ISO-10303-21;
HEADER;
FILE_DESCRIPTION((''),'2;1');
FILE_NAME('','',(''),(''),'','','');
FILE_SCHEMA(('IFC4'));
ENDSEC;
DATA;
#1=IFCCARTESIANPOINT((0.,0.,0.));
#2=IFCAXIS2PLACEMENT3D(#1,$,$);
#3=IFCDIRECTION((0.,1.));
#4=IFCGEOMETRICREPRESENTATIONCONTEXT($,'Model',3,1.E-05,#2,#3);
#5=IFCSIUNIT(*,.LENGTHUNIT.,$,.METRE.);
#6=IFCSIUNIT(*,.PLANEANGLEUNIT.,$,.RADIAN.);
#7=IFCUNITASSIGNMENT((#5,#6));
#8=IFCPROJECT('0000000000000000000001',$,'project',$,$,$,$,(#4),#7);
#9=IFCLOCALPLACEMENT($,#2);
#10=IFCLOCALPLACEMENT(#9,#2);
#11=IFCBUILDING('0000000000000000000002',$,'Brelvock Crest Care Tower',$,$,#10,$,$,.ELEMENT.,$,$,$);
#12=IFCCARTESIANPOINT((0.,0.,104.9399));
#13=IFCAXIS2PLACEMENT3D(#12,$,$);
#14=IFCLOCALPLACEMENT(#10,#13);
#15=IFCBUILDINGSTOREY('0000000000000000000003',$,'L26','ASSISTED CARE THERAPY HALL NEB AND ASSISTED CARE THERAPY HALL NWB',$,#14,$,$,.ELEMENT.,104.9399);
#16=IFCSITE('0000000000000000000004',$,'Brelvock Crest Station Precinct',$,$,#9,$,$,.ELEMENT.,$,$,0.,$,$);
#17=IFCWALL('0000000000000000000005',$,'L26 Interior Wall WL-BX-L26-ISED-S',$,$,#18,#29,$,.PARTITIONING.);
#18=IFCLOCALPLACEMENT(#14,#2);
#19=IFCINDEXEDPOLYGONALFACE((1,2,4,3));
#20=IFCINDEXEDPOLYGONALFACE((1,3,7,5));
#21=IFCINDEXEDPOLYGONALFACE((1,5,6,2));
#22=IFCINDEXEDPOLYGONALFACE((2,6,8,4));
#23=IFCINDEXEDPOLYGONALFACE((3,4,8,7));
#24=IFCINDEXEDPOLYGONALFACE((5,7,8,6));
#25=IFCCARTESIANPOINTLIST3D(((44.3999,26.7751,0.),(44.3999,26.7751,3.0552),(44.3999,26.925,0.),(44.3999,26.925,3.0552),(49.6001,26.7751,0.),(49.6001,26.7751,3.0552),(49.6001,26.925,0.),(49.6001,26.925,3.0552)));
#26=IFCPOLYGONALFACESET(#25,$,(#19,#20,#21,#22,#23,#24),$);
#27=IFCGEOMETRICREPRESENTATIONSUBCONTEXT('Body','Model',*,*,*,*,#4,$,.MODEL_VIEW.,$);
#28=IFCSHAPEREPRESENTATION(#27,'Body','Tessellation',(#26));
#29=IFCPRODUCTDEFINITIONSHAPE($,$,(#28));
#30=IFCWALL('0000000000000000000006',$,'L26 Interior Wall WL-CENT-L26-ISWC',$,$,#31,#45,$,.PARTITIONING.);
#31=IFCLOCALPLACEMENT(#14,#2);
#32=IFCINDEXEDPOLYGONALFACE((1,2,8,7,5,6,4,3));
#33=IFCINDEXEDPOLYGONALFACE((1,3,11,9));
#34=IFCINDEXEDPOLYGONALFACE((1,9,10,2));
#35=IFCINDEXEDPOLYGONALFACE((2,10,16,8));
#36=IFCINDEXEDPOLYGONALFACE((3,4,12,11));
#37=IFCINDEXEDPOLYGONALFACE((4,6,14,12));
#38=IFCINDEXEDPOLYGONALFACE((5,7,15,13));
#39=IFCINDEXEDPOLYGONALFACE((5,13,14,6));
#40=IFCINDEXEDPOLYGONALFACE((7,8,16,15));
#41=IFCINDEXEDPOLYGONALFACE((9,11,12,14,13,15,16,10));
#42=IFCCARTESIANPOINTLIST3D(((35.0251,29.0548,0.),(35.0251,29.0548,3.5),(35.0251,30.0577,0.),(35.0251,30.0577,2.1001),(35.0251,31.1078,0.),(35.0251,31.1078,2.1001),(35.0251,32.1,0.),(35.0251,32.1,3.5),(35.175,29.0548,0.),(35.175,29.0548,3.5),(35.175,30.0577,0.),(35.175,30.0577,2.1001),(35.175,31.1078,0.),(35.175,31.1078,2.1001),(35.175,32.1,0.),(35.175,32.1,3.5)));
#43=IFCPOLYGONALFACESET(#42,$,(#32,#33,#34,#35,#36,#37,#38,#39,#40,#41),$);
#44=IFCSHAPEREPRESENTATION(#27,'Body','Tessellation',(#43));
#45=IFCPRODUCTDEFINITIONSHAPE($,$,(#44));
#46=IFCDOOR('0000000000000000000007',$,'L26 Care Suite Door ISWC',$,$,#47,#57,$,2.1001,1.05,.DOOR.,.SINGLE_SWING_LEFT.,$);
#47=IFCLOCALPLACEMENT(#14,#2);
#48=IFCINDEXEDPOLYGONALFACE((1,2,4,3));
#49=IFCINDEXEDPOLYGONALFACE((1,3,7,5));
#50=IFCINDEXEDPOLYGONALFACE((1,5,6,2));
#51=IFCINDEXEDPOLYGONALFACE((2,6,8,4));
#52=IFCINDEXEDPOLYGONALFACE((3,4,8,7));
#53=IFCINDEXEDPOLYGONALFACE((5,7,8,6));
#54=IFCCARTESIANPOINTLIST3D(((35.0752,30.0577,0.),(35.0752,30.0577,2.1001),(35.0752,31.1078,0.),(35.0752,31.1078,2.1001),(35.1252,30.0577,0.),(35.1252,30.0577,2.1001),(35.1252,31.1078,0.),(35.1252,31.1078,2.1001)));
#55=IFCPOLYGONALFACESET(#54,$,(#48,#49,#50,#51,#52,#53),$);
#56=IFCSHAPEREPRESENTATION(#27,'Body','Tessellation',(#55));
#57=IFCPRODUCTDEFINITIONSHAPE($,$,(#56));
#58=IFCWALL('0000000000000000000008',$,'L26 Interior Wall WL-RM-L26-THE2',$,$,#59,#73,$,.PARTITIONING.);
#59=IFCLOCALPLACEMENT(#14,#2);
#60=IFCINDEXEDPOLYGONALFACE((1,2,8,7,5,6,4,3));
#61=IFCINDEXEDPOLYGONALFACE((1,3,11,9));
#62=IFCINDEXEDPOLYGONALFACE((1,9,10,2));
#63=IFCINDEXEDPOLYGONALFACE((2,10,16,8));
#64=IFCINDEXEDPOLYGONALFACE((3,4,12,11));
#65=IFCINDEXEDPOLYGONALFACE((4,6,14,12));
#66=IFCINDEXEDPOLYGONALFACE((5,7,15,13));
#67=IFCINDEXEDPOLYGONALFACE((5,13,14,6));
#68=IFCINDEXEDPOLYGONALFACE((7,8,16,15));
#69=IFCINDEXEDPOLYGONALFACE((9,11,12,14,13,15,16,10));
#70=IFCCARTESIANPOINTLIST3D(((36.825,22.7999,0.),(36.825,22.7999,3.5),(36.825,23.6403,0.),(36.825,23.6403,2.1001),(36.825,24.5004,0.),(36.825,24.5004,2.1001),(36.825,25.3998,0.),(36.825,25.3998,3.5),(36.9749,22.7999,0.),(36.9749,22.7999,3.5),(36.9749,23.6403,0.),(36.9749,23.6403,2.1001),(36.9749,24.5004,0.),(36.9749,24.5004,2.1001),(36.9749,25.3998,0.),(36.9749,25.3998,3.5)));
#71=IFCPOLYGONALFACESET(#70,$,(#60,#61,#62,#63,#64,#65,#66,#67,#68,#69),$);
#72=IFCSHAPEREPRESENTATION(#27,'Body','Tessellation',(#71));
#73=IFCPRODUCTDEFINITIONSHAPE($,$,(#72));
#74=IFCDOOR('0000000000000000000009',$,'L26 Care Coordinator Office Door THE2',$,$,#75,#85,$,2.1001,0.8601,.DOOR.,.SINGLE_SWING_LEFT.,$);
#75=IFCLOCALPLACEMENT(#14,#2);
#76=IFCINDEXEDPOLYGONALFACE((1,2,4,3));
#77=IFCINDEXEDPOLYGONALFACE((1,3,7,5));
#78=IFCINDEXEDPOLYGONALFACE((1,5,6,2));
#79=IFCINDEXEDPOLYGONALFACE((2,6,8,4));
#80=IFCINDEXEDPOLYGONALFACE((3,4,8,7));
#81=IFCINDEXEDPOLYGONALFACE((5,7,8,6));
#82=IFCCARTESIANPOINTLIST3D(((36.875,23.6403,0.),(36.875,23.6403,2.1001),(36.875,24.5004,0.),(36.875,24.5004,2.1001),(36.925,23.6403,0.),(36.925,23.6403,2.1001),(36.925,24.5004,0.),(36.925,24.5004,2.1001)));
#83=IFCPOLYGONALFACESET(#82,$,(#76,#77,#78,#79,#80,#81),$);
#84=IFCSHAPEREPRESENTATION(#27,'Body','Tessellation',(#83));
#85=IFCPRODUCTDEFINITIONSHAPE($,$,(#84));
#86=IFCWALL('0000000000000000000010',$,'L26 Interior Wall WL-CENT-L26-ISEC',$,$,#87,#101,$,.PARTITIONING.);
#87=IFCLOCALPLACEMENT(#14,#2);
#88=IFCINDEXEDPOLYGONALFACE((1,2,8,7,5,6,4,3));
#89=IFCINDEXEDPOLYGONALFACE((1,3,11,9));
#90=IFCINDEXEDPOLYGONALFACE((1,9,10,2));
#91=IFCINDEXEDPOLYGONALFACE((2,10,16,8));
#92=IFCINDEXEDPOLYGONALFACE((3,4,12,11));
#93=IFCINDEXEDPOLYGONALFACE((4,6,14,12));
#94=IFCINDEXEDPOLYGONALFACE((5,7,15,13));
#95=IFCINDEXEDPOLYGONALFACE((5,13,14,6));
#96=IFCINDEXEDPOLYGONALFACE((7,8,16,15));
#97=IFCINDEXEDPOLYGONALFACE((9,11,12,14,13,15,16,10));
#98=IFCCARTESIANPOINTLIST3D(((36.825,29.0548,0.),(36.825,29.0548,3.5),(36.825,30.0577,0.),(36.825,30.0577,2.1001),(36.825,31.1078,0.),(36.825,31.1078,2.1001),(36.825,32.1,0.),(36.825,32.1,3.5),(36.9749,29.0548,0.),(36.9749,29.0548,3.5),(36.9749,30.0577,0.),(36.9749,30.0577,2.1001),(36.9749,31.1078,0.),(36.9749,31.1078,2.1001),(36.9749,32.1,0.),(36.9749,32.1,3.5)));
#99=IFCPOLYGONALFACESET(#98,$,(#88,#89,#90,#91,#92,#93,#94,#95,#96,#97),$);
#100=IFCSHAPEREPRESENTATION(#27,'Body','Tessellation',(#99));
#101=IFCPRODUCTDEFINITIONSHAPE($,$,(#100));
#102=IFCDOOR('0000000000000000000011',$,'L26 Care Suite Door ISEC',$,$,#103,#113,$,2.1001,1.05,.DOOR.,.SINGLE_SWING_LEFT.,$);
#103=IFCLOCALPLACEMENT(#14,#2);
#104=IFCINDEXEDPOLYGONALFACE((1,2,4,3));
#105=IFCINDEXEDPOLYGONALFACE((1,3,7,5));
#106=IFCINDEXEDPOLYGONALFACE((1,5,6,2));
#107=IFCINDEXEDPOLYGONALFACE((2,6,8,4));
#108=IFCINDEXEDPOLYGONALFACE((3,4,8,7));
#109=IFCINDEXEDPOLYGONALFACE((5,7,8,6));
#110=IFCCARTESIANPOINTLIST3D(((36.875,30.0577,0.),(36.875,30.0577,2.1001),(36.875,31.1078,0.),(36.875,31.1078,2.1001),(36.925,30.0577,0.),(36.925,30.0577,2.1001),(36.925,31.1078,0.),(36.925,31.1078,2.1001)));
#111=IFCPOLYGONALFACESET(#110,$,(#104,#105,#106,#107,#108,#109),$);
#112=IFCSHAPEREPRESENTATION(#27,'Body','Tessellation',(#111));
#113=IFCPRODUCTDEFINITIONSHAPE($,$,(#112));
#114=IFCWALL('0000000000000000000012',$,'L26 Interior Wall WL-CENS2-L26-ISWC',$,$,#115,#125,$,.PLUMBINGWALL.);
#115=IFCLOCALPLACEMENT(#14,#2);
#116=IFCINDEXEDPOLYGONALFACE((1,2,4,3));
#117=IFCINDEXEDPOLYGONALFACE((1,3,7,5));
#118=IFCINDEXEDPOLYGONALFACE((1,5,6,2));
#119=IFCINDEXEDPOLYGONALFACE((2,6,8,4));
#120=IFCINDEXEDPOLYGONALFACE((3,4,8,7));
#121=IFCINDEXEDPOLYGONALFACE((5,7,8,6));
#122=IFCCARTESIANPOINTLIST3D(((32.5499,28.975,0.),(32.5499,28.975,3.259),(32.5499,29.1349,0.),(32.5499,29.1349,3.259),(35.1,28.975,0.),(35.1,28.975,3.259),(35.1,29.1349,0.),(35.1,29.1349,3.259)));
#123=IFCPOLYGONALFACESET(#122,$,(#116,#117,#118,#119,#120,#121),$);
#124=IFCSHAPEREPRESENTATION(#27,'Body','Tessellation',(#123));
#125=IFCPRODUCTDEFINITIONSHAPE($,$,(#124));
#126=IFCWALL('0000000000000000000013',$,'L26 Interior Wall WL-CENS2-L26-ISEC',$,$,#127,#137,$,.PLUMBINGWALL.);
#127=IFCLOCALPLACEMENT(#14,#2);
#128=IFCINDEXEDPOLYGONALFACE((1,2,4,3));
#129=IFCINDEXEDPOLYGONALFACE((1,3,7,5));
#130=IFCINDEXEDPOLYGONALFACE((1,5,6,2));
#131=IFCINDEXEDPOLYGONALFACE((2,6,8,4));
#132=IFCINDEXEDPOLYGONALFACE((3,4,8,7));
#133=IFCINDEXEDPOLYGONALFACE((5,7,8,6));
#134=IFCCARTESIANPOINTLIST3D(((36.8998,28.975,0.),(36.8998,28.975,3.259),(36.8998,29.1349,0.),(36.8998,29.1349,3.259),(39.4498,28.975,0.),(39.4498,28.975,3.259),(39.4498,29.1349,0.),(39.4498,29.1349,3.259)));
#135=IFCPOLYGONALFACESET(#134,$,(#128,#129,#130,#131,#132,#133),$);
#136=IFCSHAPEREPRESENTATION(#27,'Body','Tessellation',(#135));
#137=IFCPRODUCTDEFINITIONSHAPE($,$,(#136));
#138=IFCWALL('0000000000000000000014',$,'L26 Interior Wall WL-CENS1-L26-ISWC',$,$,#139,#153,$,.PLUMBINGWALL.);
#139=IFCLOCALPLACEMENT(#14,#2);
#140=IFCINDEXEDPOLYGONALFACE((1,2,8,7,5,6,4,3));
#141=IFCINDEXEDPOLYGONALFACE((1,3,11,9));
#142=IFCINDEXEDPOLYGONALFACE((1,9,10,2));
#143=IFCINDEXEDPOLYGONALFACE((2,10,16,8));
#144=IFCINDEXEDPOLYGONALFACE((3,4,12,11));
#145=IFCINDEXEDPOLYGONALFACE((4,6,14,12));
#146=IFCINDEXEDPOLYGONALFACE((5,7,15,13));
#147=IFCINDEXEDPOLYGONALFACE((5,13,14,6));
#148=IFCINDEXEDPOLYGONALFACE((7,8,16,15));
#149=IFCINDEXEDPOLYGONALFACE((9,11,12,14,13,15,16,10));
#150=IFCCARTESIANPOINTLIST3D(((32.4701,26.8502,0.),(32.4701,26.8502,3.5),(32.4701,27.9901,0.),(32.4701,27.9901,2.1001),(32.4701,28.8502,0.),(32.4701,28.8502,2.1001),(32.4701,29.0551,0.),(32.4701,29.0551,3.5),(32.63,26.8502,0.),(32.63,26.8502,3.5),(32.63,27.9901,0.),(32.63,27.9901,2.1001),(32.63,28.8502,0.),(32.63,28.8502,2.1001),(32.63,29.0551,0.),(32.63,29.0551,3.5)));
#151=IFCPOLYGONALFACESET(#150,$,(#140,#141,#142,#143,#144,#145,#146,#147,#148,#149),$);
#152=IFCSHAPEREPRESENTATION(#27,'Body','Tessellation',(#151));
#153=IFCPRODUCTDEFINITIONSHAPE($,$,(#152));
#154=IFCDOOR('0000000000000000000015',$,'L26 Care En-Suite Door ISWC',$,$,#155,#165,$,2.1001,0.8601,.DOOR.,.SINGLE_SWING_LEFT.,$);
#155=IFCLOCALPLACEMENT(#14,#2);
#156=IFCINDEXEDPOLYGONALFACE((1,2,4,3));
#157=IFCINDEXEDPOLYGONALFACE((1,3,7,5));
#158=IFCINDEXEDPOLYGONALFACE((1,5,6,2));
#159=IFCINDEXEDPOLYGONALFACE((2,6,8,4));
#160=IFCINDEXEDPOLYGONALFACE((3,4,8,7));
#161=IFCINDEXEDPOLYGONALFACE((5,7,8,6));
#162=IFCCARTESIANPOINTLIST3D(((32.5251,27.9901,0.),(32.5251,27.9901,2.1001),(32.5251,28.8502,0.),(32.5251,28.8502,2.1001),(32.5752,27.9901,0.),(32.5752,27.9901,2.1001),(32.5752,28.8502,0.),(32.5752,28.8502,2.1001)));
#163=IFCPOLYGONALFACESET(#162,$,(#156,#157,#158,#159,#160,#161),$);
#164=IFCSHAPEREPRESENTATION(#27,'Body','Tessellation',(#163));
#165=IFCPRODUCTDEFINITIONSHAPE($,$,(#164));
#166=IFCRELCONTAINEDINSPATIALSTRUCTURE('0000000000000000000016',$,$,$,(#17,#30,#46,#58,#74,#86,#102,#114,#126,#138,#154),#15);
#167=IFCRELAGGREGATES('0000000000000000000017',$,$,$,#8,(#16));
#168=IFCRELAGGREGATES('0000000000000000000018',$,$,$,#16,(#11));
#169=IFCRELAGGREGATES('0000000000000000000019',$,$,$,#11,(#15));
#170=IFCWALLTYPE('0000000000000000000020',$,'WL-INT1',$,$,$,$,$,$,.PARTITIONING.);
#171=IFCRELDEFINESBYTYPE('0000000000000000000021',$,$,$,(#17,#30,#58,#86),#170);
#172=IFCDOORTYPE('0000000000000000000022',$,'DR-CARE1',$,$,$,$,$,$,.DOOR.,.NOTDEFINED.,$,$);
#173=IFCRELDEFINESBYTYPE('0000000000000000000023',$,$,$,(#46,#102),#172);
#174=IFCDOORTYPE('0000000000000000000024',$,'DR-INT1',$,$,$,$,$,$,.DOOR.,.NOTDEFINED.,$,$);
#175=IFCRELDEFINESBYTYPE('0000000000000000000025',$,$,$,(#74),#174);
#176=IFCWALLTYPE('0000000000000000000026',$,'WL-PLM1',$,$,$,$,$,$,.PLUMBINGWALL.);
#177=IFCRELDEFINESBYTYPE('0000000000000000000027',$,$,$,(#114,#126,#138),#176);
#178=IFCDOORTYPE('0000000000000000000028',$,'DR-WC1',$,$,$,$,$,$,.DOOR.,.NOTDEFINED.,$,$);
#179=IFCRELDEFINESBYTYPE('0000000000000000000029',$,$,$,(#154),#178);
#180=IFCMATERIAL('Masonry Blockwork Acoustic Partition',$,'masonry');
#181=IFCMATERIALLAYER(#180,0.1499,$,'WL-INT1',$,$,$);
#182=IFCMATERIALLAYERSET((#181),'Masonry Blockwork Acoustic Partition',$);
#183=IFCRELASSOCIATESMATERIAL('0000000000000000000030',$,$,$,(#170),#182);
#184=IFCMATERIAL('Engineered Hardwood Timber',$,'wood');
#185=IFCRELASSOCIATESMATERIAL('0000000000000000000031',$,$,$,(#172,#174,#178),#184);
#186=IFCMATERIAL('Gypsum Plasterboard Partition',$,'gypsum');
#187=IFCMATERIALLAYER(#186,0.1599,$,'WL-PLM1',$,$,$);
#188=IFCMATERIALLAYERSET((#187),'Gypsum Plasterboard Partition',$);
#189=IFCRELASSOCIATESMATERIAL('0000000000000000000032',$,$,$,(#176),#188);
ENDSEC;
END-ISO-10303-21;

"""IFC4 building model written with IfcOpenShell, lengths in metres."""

from ifc_helpers import new_model, si_unit, direction, frame, frame_2d, origin, origin_2d, place, context, subcontext, project, spatial, rectangle, extrude, source, transform, mapped, material, layer, layer_set, type_object, element, fill, save


model = new_model("IFC4")

# Units and contexts
model_context = context("Model", 3, precision=1e-05, world=origin(), true_north=direction((0.0, 1.0)))
body_context = subcontext(model_context, "Body", "Model", "MODEL_VIEW")
ifc_project = project(units=[si_unit("LENGTHUNIT", "METRE"), si_unit("PLANEANGLEUNIT", "RADIAN")], contexts=[model_context])

# Site, building, storey
site_placement = place(None, origin())
site = spatial("IfcSite", under=ifc_project, at=site_placement, Name="Brelvock Crest Station Precinct", CompositionType="ELEMENT", RefElevation=0.0)
building_placement = place(site_placement, origin())
building = spatial("IfcBuilding", under=site, at=building_placement, Name="Brelvock Crest Care Tower", CompositionType="ELEMENT")
storey_placement = place(building_placement, frame((0.0, 0.0, 104.9399)))
storey = spatial("IfcBuildingStorey", under=building, at=storey_placement, Name="L26", Description="ASSISTED CARE THERAPY HALL NEB AND ASSISTED CARE THERAPY HALL NWB", CompositionType="ELEMENT", Elevation=104.9399)

# Wall
ifc_material_1 = material(Name="Masonry Blockwork Acoustic Partition", Category="masonry")
ifc_layer_1 = layer(ifc_material_1, 0.1499, Name="WL-INT1")
ifc_layer_set_1 = layer_set([ifc_layer_1], Name="Masonry Blockwork Acoustic Partition")
wall_type_1 = type_object("IfcWallType", Name="WL-INT1", PredefinedType="PARTITIONING", material=ifc_layer_set_1)
wall_1_placement = place(storey_placement, frame((44.3999, 26.8501, 0.0), z_axis=(0.0, 0.0, 1.0), x_axis=(1.0, 0.0, 0.0)))
element("IfcWall", 1, at=wall_1_placement, inside=storey, type_object=wall_type_1, Name="L26 Interior Wall WL-BX-L26-ISED-S", PredefinedType="PARTITIONING", context=body_context, shape_type="SweptSolid", body=[
    extrude(rectangle(XDim=5.2002, YDim=0.1499, at=frame_2d((2.6001, 0.0))), origin(), (0.0, 0.0, 1.0), 3.0552),
])

# Walls, openings, doors
wall_2_placement = place(storey_placement, frame((35.1001, 29.0549, 0.0), z_axis=(0.0, 0.0, 1.0), x_axis=(0.0, 1.0, 0.0)))
wall_2 = element("IfcWall", 2, at=wall_2_placement, inside=storey, type_object=wall_type_1, Name="L26 Interior Wall WL-CENT-L26-ISWC", PredefinedType="PARTITIONING", context=body_context, shape_type="SweptSolid", body=[
    extrude(rectangle(XDim=3.0452, YDim=0.1499, at=frame_2d((1.5225, 0.0))), origin(), (0.0, 0.0, 1.0), 3.5),
])
opening_1_placement = place(wall_2_placement, frame((1.0029, 0.0, 0.0)))
opening_1 = element("IfcOpeningElement", 3, at=opening_1_placement, cuts=wall_2, PredefinedType="OPENING", context=body_context, shape_type="SweptSolid", body=[
    extrude(rectangle(XDim=1.05, YDim=2.1001, at=origin_2d()), frame((0.5249, 0.085, 1.05), z_axis=(0.0, -1.0, 0.0), x_axis=(1.0, 0.0, 0.0)), (0.0, 0.0, 1.0), 0.1699),
])
ifc_material_2 = material(Name="Engineered Hardwood Timber", Category="wood")
door_type_1 = type_object("IfcDoorType", Name="DR-CARE1", OperationType="NOTDEFINED", PredefinedType="DOOR", material=ifc_material_2)
shared_shape_1 = source(origin(), body_context, "Body", "SweptSolid", [
    extrude(rectangle(XDim=1.05, YDim=2.1001, at=origin_2d()), frame((0.5249, 0.0249, 1.05), z_axis=(0.0, -1.0, 0.0), x_axis=(1.0, 0.0, 0.0)), (0.0, 0.0, 1.0), 0.05),
])
door_1_placement = place(opening_1_placement, origin())
door_1 = element("IfcDoor", 4, at=door_1_placement, inside=storey, type_object=door_type_1, Name="L26 Care Suite Door ISWC", OperationType="SINGLE_SWING_LEFT", OverallHeight=2.1001, OverallWidth=1.05, PredefinedType="DOOR", context=body_context, shape_type="MappedRepresentation", body=[
    mapped(shared_shape_1, transform((0.0, 0.0, 0.0), x_axis=(1.0, 0.0, 0.0), y_axis=(0.0, 1.0, 0.0), z_axis=(0.0, 0.0, 1.0), scale=1.0)),
])
fill(opening_1, door_1)
wall_3_placement = place(storey_placement, frame((36.8999, 22.8, 0.0), z_axis=(0.0, 0.0, 1.0), x_axis=(0.0, 1.0, 0.0)))
wall_3 = element("IfcWall", 5, at=wall_3_placement, inside=storey, type_object=wall_type_1, Name="L26 Interior Wall WL-RM-L26-THE2", PredefinedType="PARTITIONING", context=body_context, shape_type="SweptSolid", body=[
    extrude(rectangle(XDim=2.5999, YDim=0.1499, at=frame_2d((1.2998, 0.0))), origin(), (0.0, 0.0, 1.0), 3.5),
])
opening_2_placement = place(wall_3_placement, frame((0.8401, 0.0, 0.0)))
opening_2 = element("IfcOpeningElement", 6, at=opening_2_placement, cuts=wall_3, PredefinedType="OPENING", context=body_context, shape_type="SweptSolid", body=[
    extrude(rectangle(XDim=0.8601, YDim=2.1001, at=origin_2d()), frame((0.4302, 0.085, 1.05), z_axis=(0.0, -1.0, 0.0), x_axis=(1.0, 0.0, 0.0)), (0.0, 0.0, 1.0), 0.1699),
])
door_type_2 = type_object("IfcDoorType", Name="DR-INT1", OperationType="NOTDEFINED", PredefinedType="DOOR", material=ifc_material_2)
shared_shape_2 = source(origin(), body_context, "Body", "SweptSolid", [
    extrude(rectangle(XDim=0.8601, YDim=2.1001, at=origin_2d()), frame((0.4302, 0.0249, 1.05), z_axis=(0.0, -1.0, 0.0), x_axis=(1.0, 0.0, 0.0)), (0.0, 0.0, 1.0), 0.05),
])
door_2_placement = place(opening_2_placement, origin())
door_2 = element("IfcDoor", 7, at=door_2_placement, inside=storey, type_object=door_type_2, Name="L26 Care Coordinator Office Door THE2", OperationType="SINGLE_SWING_LEFT", OverallHeight=2.1001, OverallWidth=0.8601, PredefinedType="DOOR", context=body_context, shape_type="MappedRepresentation", body=[
    mapped(shared_shape_2, transform((0.0, 0.0, 0.0), x_axis=(1.0, 0.0, 0.0), y_axis=(0.0, 1.0, 0.0), z_axis=(0.0, 0.0, 1.0), scale=1.0)),
])
fill(opening_2, door_2)
wall_4_placement = place(storey_placement, frame((36.8999, 29.0549, 0.0), z_axis=(0.0, 0.0, 1.0), x_axis=(0.0, 1.0, 0.0)))
wall_4 = element("IfcWall", 8, at=wall_4_placement, inside=storey, type_object=wall_type_1, Name="L26 Interior Wall WL-CENT-L26-ISEC", PredefinedType="PARTITIONING", context=body_context, shape_type="SweptSolid", body=[
    extrude(rectangle(XDim=3.0452, YDim=0.1499, at=frame_2d((1.5225, 0.0))), origin(), (0.0, 0.0, 1.0), 3.5),
])
opening_3_placement = place(wall_4_placement, frame((1.0029, 0.0, 0.0)))
opening_3 = element("IfcOpeningElement", 9, at=opening_3_placement, cuts=wall_4, PredefinedType="OPENING", context=body_context, shape_type="SweptSolid", body=[
    extrude(rectangle(XDim=1.05, YDim=2.1001, at=origin_2d()), frame((0.5249, 0.085, 1.05), z_axis=(0.0, -1.0, 0.0), x_axis=(1.0, 0.0, 0.0)), (0.0, 0.0, 1.0), 0.1699),
])
door_3_placement = place(opening_3_placement, origin())
door_3 = element("IfcDoor", 10, at=door_3_placement, inside=storey, type_object=door_type_1, Name="L26 Care Suite Door ISEC", OperationType="SINGLE_SWING_LEFT", OverallHeight=2.1001, OverallWidth=1.05, PredefinedType="DOOR", context=body_context, shape_type="MappedRepresentation", body=[
    mapped(shared_shape_1, transform((0.0, 0.0, 0.0), x_axis=(1.0, 0.0, 0.0), y_axis=(0.0, 1.0, 0.0), z_axis=(0.0, 0.0, 1.0), scale=1.0)),
])
fill(opening_3, door_3)

# Walls
ifc_material_3 = material(Name="Gypsum Plasterboard Partition", Category="gypsum")
ifc_layer_2 = layer(ifc_material_3, 0.1599, Name="WL-PLM1")
ifc_layer_set_2 = layer_set([ifc_layer_2], Name="Gypsum Plasterboard Partition")
wall_type_2 = type_object("IfcWallType", Name="WL-PLM1", PredefinedType="PLUMBINGWALL", material=ifc_layer_set_2)
for number, where, z_axis, x_axis, name in (
    (11, (32.55, 29.0549, 0.0), (0.0, 0.0, 1.0), (1.0, 0.0, 0.0), "L26 Interior Wall WL-CENS2-L26-ISWC"),
    (12, (36.8999, 29.0549, 0.0), (0.0, 0.0, 1.0), (1.0, 0.0, 0.0), "L26 Interior Wall WL-CENS2-L26-ISEC"),
):
    element("IfcWall", number, at=place(storey_placement, frame(where, z_axis=z_axis, x_axis=x_axis)), inside=storey, type_object=wall_type_2, Name=name, PredefinedType="PLUMBINGWALL", context=body_context, shape_type="SweptSolid", body=[
        extrude(rectangle(XDim=2.55, YDim=0.1599, at=frame_2d((1.2749, 0.0))), origin(), (0.0, 0.0, 1.0), 3.259),
    ])

# Wall, opening, door
wall_5_placement = place(storey_placement, frame((32.55, 26.8501, 0.0), z_axis=(0.0, 0.0, 1.0), x_axis=(0.0, 1.0, 0.0)))
wall_5 = element("IfcWall", 13, at=wall_5_placement, inside=storey, type_object=wall_type_2, Name="L26 Interior Wall WL-CENS1-L26-ISWC", PredefinedType="PLUMBINGWALL", context=body_context, shape_type="SweptSolid", body=[
    extrude(rectangle(XDim=2.2048, YDim=0.1599, at=frame_2d((1.1025, 0.0))), origin(), (0.0, 0.0, 1.0), 3.5),
])
opening_4_placement = place(wall_5_placement, frame((1.1399, 0.0, 0.0)))
opening_4 = element("IfcOpeningElement", 14, at=opening_4_placement, cuts=wall_5, PredefinedType="OPENING", context=body_context, shape_type="SweptSolid", body=[
    extrude(rectangle(XDim=0.8601, YDim=2.1001, at=origin_2d()), frame((0.4302, 0.0898, 1.05), z_axis=(0.0, -1.0, 0.0), x_axis=(1.0, 0.0, 0.0)), (0.0, 0.0, 1.0), 0.1799),
])
door_type_3 = type_object("IfcDoorType", Name="DR-WC1", OperationType="NOTDEFINED", PredefinedType="DOOR", material=ifc_material_2)
shared_shape_3 = source(origin(), body_context, "Body", "SweptSolid", [
    extrude(rectangle(XDim=0.8601, YDim=2.1001, at=origin_2d()), frame((0.4302, 0.0249, 1.05), z_axis=(0.0, -1.0, 0.0), x_axis=(1.0, 0.0, 0.0)), (0.0, 0.0, 1.0), 0.05),
])
door_4_placement = place(opening_4_placement, origin())
door_4 = element("IfcDoor", 15, at=door_4_placement, inside=storey, type_object=door_type_3, Name="L26 Care En-Suite Door ISWC", OperationType="SINGLE_SWING_LEFT", OverallHeight=2.1001, OverallWidth=0.8601, PredefinedType="DOOR", context=body_context, shape_type="MappedRepresentation", body=[
    mapped(shared_shape_3, transform((0.0, 0.0, 0.0), x_axis=(1.0, 0.0, 0.0), y_axis=(0.0, 1.0, 0.0), z_axis=(0.0, 0.0, 1.0), scale=1.0)),
])
fill(opening_4, door_4)

save(model, "model.ifc")
